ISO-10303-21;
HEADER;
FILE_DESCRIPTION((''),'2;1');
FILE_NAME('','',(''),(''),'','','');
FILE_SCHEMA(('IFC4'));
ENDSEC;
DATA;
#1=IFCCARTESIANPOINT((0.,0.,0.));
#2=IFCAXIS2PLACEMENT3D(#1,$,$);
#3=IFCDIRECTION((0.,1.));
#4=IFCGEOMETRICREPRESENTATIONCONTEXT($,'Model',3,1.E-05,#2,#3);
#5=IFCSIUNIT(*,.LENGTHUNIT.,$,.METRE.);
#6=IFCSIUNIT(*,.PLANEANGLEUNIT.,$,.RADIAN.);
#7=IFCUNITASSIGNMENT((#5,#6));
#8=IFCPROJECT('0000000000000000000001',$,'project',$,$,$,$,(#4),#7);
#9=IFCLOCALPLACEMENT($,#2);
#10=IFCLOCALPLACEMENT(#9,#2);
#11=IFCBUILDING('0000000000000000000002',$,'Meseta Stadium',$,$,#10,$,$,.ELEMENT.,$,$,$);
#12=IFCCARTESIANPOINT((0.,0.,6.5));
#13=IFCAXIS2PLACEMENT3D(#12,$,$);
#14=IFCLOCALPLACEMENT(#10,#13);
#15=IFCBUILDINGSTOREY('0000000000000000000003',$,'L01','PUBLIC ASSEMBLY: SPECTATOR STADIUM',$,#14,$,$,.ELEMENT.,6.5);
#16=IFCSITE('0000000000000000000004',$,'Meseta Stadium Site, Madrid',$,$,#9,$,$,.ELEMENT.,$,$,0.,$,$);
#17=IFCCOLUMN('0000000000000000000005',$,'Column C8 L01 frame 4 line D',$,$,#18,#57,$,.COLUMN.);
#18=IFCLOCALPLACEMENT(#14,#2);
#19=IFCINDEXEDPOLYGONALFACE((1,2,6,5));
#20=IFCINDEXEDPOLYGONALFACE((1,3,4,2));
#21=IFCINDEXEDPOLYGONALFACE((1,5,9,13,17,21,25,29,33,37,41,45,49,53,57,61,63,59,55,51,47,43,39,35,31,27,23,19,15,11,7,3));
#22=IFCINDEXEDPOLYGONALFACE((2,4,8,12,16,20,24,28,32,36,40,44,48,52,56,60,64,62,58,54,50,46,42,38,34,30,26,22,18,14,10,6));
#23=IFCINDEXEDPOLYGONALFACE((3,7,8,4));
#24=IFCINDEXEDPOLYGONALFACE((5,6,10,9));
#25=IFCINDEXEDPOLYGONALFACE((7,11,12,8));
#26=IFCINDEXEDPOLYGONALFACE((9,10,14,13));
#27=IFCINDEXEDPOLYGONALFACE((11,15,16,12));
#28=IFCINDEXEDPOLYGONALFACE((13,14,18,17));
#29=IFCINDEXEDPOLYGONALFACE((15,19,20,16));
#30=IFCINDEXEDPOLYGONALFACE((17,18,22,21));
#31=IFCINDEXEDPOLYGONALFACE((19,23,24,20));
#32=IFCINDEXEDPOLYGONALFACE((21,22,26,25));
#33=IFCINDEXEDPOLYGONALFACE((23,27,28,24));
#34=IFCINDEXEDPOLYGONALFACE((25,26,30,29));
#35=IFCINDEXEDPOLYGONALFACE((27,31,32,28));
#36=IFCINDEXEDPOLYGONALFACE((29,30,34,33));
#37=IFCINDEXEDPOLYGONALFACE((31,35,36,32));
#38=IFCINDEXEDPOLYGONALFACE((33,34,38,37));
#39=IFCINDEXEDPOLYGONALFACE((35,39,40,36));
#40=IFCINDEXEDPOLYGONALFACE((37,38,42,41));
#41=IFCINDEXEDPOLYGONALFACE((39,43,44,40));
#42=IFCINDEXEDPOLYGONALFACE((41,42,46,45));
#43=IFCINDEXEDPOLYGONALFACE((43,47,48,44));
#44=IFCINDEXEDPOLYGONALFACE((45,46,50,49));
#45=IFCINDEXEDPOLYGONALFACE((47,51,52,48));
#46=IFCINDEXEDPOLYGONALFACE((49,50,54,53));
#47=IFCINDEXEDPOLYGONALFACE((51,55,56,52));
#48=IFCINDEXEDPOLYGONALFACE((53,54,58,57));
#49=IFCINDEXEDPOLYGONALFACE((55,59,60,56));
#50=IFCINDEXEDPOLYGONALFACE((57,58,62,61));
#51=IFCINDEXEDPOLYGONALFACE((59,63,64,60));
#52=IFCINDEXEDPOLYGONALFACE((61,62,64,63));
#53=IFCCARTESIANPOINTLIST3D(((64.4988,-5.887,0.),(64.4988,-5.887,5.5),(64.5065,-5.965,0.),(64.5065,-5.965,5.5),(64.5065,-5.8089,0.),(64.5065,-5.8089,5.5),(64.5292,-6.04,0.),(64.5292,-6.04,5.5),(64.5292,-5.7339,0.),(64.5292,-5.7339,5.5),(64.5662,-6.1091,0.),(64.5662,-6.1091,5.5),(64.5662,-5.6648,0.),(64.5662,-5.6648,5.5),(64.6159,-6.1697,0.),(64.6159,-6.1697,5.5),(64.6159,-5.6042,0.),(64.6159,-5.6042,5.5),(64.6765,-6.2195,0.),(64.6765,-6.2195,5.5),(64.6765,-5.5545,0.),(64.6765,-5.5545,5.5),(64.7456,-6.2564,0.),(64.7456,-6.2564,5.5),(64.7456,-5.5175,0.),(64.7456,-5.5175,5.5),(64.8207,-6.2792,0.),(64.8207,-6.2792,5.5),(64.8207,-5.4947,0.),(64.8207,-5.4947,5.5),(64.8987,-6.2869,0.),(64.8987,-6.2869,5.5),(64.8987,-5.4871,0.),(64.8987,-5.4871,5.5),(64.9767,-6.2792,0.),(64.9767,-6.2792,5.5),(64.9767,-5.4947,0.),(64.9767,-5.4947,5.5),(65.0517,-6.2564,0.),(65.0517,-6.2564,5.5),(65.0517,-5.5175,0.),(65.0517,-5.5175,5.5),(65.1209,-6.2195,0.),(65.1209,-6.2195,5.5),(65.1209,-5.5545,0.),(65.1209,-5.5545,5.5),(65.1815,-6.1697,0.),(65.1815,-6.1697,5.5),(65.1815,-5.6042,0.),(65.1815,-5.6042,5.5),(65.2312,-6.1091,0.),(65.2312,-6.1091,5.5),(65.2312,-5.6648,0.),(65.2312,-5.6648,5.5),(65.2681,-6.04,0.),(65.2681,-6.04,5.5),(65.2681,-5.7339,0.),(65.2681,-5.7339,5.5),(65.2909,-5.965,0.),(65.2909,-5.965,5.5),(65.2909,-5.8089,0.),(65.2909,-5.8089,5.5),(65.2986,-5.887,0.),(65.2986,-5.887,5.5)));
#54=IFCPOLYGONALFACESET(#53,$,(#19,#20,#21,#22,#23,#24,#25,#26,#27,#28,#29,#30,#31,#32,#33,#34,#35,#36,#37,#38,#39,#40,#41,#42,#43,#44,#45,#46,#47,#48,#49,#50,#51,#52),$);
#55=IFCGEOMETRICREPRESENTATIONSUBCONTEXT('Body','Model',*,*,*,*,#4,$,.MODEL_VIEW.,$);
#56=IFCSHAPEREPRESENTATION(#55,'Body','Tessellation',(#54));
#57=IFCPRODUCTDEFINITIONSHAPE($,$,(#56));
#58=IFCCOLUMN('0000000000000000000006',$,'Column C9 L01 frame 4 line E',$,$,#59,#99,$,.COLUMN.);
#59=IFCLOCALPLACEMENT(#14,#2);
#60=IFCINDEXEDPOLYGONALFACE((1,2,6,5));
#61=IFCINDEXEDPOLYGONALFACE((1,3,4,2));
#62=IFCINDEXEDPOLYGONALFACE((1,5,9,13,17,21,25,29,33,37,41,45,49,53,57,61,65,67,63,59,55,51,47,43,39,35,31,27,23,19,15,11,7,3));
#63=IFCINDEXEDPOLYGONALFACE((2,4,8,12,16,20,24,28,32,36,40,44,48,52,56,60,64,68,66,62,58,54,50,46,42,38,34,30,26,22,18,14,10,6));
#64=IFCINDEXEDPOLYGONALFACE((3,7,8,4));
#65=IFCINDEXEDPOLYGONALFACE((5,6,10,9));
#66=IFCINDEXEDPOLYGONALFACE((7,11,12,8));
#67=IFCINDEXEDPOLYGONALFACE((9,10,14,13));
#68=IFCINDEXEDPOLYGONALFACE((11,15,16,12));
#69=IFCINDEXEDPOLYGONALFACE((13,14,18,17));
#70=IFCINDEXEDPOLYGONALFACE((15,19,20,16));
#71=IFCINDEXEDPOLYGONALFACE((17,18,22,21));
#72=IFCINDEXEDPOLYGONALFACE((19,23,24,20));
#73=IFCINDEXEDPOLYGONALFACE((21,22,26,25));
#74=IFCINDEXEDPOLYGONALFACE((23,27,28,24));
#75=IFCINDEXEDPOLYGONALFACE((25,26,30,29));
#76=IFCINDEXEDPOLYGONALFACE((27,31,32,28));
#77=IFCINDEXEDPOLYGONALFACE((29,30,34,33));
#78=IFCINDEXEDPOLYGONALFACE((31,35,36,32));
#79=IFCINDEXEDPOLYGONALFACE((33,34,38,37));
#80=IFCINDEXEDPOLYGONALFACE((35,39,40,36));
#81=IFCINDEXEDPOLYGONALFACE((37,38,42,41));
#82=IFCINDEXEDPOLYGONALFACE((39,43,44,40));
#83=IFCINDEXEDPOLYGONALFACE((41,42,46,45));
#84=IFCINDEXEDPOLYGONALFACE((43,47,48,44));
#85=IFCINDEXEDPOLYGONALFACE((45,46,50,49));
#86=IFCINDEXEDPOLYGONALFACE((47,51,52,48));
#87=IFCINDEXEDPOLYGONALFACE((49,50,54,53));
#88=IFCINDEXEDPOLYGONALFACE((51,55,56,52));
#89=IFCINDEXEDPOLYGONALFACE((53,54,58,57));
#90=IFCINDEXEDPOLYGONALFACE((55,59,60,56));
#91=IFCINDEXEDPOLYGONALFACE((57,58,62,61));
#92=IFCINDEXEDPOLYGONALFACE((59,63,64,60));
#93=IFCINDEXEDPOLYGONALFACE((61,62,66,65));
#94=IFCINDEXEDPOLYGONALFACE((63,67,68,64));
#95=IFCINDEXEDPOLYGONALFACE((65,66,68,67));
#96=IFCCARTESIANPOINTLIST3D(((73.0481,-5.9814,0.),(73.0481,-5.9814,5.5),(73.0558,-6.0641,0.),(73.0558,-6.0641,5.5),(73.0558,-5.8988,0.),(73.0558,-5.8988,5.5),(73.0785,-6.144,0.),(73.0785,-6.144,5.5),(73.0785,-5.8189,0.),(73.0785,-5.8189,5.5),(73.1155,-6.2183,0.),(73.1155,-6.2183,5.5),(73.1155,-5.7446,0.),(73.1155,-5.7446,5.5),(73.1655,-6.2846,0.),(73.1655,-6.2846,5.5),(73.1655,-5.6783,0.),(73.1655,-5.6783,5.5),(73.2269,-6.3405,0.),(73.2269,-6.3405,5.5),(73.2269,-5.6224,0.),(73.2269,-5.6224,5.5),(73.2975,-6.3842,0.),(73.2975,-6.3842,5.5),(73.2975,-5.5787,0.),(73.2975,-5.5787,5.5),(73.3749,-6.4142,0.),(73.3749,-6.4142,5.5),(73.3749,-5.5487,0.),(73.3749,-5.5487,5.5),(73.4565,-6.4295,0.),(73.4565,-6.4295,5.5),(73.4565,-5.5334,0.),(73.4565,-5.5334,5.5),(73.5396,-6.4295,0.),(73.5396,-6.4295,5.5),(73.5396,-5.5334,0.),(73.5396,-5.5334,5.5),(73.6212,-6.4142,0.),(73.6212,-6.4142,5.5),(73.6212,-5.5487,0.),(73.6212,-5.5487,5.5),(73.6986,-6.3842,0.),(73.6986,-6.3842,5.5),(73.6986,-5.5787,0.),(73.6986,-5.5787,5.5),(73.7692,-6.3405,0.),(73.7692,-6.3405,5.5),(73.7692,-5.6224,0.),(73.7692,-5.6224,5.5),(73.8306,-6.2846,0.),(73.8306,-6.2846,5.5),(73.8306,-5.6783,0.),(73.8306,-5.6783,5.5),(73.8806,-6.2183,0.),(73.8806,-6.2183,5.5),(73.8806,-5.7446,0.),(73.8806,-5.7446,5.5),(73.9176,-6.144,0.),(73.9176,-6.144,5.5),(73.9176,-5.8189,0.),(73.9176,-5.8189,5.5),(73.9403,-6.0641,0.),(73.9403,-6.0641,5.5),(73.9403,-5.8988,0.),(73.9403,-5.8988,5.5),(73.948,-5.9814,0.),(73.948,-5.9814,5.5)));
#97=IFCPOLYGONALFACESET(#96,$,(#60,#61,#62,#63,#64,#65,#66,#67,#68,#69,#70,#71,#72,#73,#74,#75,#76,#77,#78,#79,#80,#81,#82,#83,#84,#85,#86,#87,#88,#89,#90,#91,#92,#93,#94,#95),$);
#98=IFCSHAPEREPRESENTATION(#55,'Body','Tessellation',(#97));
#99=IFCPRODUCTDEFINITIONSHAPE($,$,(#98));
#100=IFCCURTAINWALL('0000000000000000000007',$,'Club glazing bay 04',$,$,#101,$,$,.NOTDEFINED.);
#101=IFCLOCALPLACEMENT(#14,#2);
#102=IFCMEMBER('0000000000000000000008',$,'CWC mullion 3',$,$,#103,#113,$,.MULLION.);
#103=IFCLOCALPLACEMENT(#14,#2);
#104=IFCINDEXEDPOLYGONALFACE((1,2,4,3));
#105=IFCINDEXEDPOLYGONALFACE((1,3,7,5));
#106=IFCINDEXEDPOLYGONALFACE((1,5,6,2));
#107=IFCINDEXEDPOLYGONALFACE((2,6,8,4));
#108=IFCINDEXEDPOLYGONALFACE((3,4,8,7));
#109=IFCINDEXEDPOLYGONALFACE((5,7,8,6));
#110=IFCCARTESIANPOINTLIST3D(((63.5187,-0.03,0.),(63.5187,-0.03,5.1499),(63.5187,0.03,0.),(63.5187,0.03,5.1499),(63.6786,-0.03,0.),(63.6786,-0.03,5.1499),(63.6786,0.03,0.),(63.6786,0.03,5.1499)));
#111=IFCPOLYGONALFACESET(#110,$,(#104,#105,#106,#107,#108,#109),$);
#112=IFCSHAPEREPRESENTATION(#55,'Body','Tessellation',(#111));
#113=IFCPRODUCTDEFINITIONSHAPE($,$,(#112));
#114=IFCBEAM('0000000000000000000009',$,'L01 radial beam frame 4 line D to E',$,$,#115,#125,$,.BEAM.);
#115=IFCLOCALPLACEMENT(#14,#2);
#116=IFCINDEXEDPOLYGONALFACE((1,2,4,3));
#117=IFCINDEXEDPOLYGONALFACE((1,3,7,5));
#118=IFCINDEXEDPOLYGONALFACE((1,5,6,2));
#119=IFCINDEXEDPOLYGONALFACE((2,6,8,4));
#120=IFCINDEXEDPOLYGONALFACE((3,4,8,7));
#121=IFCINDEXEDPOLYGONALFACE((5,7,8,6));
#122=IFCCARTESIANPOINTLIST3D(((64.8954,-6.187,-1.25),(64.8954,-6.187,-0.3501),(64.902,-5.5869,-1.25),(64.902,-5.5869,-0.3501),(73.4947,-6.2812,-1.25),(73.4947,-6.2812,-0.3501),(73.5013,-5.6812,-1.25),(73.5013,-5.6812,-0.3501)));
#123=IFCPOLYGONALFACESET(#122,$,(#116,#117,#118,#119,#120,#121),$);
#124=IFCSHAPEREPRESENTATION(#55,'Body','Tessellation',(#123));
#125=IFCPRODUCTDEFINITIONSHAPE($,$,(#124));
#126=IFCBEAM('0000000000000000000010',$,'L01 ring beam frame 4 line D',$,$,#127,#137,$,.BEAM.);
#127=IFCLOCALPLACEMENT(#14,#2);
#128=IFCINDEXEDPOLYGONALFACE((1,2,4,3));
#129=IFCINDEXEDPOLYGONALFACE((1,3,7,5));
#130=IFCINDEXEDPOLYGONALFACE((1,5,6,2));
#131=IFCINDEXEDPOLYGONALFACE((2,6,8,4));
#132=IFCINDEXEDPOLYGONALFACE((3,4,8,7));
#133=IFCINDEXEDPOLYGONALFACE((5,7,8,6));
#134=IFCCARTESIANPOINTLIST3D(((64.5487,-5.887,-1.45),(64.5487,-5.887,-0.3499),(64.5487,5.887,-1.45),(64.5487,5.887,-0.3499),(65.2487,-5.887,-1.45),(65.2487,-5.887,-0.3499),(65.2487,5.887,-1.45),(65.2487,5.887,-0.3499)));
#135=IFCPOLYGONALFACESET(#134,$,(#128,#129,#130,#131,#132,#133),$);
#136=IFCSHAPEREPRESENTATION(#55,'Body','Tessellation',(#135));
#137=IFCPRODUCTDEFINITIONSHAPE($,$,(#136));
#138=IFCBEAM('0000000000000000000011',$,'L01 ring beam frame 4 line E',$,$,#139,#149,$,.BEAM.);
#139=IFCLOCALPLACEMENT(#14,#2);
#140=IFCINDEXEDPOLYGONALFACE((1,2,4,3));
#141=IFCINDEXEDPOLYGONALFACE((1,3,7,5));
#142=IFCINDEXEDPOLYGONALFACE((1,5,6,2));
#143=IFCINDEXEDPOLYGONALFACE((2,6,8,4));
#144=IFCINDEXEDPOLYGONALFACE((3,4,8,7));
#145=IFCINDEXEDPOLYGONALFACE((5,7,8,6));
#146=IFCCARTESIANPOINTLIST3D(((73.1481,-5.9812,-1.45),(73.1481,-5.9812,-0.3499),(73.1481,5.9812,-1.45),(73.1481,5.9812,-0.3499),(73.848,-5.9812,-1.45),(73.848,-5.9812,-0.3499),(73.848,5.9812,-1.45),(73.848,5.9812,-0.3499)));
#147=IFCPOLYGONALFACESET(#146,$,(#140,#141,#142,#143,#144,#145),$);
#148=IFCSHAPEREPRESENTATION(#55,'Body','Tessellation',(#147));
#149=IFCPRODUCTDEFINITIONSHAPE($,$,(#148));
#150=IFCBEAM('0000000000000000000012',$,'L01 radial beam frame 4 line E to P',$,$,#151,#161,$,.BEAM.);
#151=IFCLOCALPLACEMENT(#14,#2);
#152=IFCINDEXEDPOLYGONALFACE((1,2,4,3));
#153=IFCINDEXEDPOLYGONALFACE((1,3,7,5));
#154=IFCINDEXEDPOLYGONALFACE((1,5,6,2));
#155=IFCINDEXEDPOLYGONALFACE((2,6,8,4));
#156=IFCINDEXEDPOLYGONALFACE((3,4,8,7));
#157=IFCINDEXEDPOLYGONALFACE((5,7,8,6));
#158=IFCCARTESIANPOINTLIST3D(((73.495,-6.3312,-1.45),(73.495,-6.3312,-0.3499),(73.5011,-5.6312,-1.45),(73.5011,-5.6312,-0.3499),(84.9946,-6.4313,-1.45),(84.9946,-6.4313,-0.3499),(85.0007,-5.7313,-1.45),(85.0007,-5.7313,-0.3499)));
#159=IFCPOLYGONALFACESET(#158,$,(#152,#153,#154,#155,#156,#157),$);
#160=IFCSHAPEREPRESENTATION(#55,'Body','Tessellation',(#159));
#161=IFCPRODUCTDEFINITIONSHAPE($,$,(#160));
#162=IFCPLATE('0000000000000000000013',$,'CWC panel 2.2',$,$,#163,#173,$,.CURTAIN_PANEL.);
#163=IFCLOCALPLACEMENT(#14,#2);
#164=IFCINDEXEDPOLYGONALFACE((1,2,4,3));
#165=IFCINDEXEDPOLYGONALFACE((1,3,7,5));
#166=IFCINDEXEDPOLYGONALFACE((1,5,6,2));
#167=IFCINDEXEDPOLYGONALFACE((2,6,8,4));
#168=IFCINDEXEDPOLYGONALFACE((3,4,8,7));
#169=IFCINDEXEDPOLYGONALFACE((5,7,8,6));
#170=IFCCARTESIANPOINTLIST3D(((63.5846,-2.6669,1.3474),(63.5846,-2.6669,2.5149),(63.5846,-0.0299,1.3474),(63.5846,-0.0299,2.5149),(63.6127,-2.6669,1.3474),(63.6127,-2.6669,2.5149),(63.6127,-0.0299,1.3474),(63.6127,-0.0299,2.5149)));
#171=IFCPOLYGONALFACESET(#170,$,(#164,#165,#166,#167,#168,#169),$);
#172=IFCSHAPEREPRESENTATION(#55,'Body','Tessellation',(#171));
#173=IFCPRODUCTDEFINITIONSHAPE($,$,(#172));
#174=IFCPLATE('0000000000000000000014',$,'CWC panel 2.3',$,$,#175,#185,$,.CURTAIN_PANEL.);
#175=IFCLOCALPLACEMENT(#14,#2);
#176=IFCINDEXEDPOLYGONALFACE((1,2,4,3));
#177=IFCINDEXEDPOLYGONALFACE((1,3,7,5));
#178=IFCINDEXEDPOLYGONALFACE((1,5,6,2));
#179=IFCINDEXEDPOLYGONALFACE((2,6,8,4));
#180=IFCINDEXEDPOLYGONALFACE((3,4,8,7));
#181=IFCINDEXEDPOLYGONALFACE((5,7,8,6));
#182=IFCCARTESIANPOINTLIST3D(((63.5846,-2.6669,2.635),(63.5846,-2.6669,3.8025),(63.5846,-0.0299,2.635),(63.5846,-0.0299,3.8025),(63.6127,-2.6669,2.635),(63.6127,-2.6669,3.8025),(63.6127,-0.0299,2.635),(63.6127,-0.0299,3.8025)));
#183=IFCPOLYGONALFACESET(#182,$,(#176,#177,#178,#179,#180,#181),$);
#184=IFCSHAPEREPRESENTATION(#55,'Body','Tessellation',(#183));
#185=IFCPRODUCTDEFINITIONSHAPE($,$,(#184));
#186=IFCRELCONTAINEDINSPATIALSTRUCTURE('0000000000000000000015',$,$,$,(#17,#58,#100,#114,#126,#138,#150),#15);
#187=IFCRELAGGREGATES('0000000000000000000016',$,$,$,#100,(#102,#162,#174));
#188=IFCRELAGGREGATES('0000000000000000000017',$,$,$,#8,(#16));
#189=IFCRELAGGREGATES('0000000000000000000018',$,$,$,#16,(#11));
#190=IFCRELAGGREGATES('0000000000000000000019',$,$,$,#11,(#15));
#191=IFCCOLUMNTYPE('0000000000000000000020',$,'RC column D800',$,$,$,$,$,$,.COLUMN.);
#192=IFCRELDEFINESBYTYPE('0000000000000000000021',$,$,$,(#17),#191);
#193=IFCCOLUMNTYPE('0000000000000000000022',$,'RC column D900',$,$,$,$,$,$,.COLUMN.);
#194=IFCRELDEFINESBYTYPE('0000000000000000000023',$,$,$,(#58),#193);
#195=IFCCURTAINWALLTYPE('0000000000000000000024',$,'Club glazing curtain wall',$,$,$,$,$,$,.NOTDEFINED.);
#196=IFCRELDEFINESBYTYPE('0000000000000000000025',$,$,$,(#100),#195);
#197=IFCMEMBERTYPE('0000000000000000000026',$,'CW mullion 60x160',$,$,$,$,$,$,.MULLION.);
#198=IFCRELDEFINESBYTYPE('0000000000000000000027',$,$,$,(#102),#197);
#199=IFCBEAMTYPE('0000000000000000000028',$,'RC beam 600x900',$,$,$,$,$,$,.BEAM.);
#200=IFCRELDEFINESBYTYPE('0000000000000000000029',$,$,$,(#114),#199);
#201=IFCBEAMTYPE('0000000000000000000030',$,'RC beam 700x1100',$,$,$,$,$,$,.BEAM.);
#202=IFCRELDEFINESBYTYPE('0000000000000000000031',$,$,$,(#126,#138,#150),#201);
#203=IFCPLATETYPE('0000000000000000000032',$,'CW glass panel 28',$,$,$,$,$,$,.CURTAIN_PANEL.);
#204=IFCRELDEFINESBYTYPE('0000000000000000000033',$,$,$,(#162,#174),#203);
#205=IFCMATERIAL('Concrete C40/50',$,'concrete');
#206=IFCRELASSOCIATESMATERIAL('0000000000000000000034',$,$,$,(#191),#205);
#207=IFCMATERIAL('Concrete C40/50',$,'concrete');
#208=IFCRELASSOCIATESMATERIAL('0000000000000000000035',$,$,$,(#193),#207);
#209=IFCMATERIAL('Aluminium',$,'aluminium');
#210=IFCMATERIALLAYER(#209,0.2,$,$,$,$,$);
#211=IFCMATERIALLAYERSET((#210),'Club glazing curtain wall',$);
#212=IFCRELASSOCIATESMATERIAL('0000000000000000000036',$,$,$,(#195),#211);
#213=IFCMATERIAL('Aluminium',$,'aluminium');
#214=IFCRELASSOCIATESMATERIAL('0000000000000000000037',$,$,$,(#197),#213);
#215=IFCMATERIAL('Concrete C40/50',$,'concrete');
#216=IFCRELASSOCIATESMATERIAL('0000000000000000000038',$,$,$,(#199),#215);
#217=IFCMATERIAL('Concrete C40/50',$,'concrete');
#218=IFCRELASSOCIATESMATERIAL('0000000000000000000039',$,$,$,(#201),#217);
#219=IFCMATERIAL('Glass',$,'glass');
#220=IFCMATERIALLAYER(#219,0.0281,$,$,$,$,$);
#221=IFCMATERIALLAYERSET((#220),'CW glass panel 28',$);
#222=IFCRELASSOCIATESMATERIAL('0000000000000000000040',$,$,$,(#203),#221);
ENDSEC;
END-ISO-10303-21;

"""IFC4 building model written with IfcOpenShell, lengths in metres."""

from ifc_helpers import new_model, si_unit, direction, frame, origin, origin_2d, place, context, subcontext, project, spatial, rectangle, circle, extrude, material, layer, layer_set, material_profile, profile_set, type_object, element, aggregate, save


model = new_model("IFC4")

# Units and contexts
model_context = context("Model", 3, precision=1e-05, world=origin(), true_north=direction((0.0, 1.0)))
body_context = subcontext(model_context, "Body", "Model", "MODEL_VIEW")
ifc_project = project(units=[si_unit("LENGTHUNIT", "METRE"), si_unit("PLANEANGLEUNIT", "RADIAN")], contexts=[model_context])

# Site, building, storey
site_placement = place(None, origin())
site = spatial("IfcSite", under=ifc_project, at=site_placement, Name="Meseta Stadium Site, Madrid", CompositionType="ELEMENT", RefElevation=0.0)
building_placement = place(site_placement, origin())
building = spatial("IfcBuilding", under=site, at=building_placement, Name="Meseta Stadium", CompositionType="ELEMENT")
storey_placement = place(building_placement, frame((0.0, 0.0, 6.5)))
storey = spatial("IfcBuildingStorey", under=building, at=storey_placement, Name="L01", Description="PUBLIC ASSEMBLY: SPECTATOR STADIUM", CompositionType="ELEMENT", Elevation=6.5)

# Columns
ifc_material_1 = material(Name="Concrete C40/50", Category="concrete")
ifc_material_profile_1 = material_profile(ifc_material_1, circle(Radius=0.3999, at=origin_2d()), Name="RC D800")
ifc_profile_set_1 = profile_set([ifc_material_profile_1], Name="Concrete C40/50")
column_type_1 = type_object("IfcColumnType", Name="RC column D800", PredefinedType="COLUMN", material=ifc_profile_set_1)
column_1_placement = place(storey_placement, frame((64.8987, -5.887, 0.0), z_axis=(0.0, 0.0, 1.0), x_axis=(1.0, 0.0, 0.0)))
element("IfcColumn", 1, at=column_1_placement, inside=storey, type_object=column_type_1, Name="Column C8 L01 frame 4 line D", PredefinedType="COLUMN", context=body_context, shape_type="SweptSolid", body=[
    extrude(circle(Radius=0.3999, at=origin_2d()), origin(), (0.0, 0.0, 1.0), 5.5),
])
ifc_material_2 = material(Name="Concrete C40/50", Category="concrete")
ifc_material_profile_2 = material_profile(ifc_material_2, circle(Radius=0.45, at=origin_2d()), Name="RC D900")
ifc_profile_set_2 = profile_set([ifc_material_profile_2], Name="Concrete C40/50")
column_type_2 = type_object("IfcColumnType", Name="RC column D900", PredefinedType="COLUMN", material=ifc_profile_set_2)
column_2_placement = place(storey_placement, frame((73.498, -5.9814, 0.0), z_axis=(0.0, 0.0, 1.0), x_axis=(1.0, 0.0, 0.0)))
element("IfcColumn", 2, at=column_2_placement, inside=storey, type_object=column_type_2, Name="Column C9 L01 frame 4 line E", PredefinedType="COLUMN", context=body_context, shape_type="SweptSolid", body=[
    extrude(circle(Radius=0.45, at=origin_2d()), origin(), (0.0, 0.0, 1.0), 5.5),
])

# Curtain wall, member
ifc_material_3 = material(Name="Aluminium", Category="aluminium")
ifc_layer_1 = layer(ifc_material_3, 0.2)
ifc_layer_set_1 = layer_set([ifc_layer_1], Name="Club glazing curtain wall")
curtain_wall_type = type_object("IfcCurtainWallType", Name="Club glazing curtain wall", PredefinedType="NOTDEFINED", material=ifc_layer_set_1)
curtain_wall_placement = place(storey_placement, origin())
curtain_wall = element("IfcCurtainWall", 3, at=curtain_wall_placement, inside=storey, type_object=curtain_wall_type, Name="Club glazing bay 04", PredefinedType="NOTDEFINED")
ifc_material_4 = material(Name="Aluminium", Category="aluminium")
ifc_material_profile_3 = material_profile(ifc_material_4, rectangle(XDim=0.1599, YDim=0.0601, at=origin_2d()), Name="CW 160x60")
ifc_profile_set_3 = profile_set([ifc_material_profile_3], Name="Aluminium")
member_type = type_object("IfcMemberType", Name="CW mullion 60x160", PredefinedType="MULLION", material=ifc_profile_set_3)
member_placement = place(storey_placement, frame((63.5986, 0.0, 0.0), z_axis=(0.0, 0.0, 1.0), x_axis=(-1.0, 0.0, 0.0)))
member = element("IfcMember", 4, at=member_placement, type_object=member_type, Name="CWC mullion 3", PredefinedType="MULLION", context=body_context, shape_type="SweptSolid", body=[
    extrude(rectangle(XDim=0.1599, YDim=0.0601, at=origin_2d()), origin(), (0.0, 0.0, 1.0), 5.1499),
])

# Beams
ifc_material_5 = material(Name="Concrete C40/50", Category="concrete")
ifc_material_profile_4 = material_profile(ifc_material_5, rectangle(XDim=0.6001, YDim=0.8999, at=origin_2d()), Name="RC 600x900")
ifc_profile_set_4 = profile_set([ifc_material_profile_4], Name="Concrete C40/50")
beam_type_1 = type_object("IfcBeamType", Name="RC beam 600x900", PredefinedType="BEAM", material=ifc_profile_set_4)
beam_1_placement = place(storey_placement, frame((64.8987, -5.887, -0.8), z_axis=(0.99994, -0.010958, 0.0), x_axis=(0.010958, 0.99994, 0.0)))
element("IfcBeam", 5, at=beam_1_placement, inside=storey, type_object=beam_type_1, Name="L01 radial beam frame 4 line D to E", PredefinedType="BEAM", context=body_context, shape_type="SweptSolid", body=[
    extrude(rectangle(XDim=0.6001, YDim=0.8999, at=origin_2d()), origin(), (0.0, 0.0, 1.0), 8.5999),
])
ifc_material_6 = material(Name="Concrete C40/50", Category="concrete")
ifc_material_profile_5 = material_profile(ifc_material_6, rectangle(XDim=0.7, YDim=1.1001, at=origin_2d()), Name="RC 700x1100")
ifc_profile_set_5 = profile_set([ifc_material_profile_5], Name="Concrete C40/50")
beam_type_2 = type_object("IfcBeamType", Name="RC beam 700x1100", PredefinedType="BEAM", material=ifc_profile_set_5)
beam_2_placement = place(storey_placement, frame((64.8987, -5.887, -0.8999), z_axis=(0.0, 1.0, 0.0), x_axis=(-1.0, 0.0, 0.0)))
element("IfcBeam", 6, at=beam_2_placement, inside=storey, type_object=beam_type_2, Name="L01 ring beam frame 4 line D", PredefinedType="BEAM", context=body_context, shape_type="SweptSolid", body=[
    extrude(rectangle(XDim=0.7, YDim=1.1001, at=origin_2d()), origin(), (0.0, 0.0, 1.0), 11.7739),
])
beam_3_placement = place(storey_placement, frame((73.498, -5.9812, -0.8999), z_axis=(0.0, 1.0, 0.0), x_axis=(-1.0, 0.0, 0.0)))
element("IfcBeam", 7, at=beam_3_placement, inside=storey, type_object=beam_type_2, Name="L01 ring beam frame 4 line E", PredefinedType="BEAM", context=body_context, shape_type="SweptSolid", body=[
    extrude(rectangle(XDim=0.7, YDim=1.1001, at=origin_2d()), origin(), (0.0, 0.0, 1.0), 11.9624),
])
beam_4_placement = place(storey_placement, frame((73.498, -5.9812, -0.8999), z_axis=(0.999962, -0.008704, 0.0), x_axis=(0.008704, 0.999962, 0.0)))
element("IfcBeam", 8, at=beam_4_placement, inside=storey, type_object=beam_type_2, Name="L01 radial beam frame 4 line E to P", PredefinedType="BEAM", context=body_context, shape_type="SweptSolid", body=[
    extrude(rectangle(XDim=0.7, YDim=1.1001, at=origin_2d()), origin(), (0.0, 0.0, 1.0), 11.5),
])

# Plates
ifc_material_7 = material(Name="Glass", Category="glass")
ifc_layer_2 = layer(ifc_material_7, 0.0281)
ifc_layer_set_2 = layer_set([ifc_layer_2], Name="CW glass panel 28")
plate_type = type_object("IfcPlateType", Name="CW glass panel 28", PredefinedType="CURTAIN_PANEL", material=ifc_layer_set_2)
plate_1_placement = place(storey_placement, frame((63.5986, -1.3484, 1.3474), z_axis=(0.0, 0.0, 1.0), x_axis=(0.0, 1.0, 0.0)))
plate_1 = element("IfcPlate", 9, at=plate_1_placement, type_object=plate_type, Name="CWC panel 2.2", PredefinedType="CURTAIN_PANEL", context=body_context, shape_type="SweptSolid", body=[
    extrude(rectangle(XDim=2.637, YDim=0.0281, at=origin_2d()), origin(), (0.0, 0.0, 1.0), 1.1675),
])
plate_2_placement = place(storey_placement, frame((63.5986, -1.3484, 2.635), z_axis=(0.0, 0.0, 1.0), x_axis=(0.0, 1.0, 0.0)))
plate_2 = element("IfcPlate", 10, at=plate_2_placement, type_object=plate_type, Name="CWC panel 2.3", PredefinedType="CURTAIN_PANEL", context=body_context, shape_type="SweptSolid", body=[
    extrude(rectangle(XDim=2.637, YDim=0.0281, at=origin_2d()), origin(), (0.0, 0.0, 1.0), 1.1675),
])
aggregate(curtain_wall, [member, plate_1, plate_2])

save(model, "model.ifc")
